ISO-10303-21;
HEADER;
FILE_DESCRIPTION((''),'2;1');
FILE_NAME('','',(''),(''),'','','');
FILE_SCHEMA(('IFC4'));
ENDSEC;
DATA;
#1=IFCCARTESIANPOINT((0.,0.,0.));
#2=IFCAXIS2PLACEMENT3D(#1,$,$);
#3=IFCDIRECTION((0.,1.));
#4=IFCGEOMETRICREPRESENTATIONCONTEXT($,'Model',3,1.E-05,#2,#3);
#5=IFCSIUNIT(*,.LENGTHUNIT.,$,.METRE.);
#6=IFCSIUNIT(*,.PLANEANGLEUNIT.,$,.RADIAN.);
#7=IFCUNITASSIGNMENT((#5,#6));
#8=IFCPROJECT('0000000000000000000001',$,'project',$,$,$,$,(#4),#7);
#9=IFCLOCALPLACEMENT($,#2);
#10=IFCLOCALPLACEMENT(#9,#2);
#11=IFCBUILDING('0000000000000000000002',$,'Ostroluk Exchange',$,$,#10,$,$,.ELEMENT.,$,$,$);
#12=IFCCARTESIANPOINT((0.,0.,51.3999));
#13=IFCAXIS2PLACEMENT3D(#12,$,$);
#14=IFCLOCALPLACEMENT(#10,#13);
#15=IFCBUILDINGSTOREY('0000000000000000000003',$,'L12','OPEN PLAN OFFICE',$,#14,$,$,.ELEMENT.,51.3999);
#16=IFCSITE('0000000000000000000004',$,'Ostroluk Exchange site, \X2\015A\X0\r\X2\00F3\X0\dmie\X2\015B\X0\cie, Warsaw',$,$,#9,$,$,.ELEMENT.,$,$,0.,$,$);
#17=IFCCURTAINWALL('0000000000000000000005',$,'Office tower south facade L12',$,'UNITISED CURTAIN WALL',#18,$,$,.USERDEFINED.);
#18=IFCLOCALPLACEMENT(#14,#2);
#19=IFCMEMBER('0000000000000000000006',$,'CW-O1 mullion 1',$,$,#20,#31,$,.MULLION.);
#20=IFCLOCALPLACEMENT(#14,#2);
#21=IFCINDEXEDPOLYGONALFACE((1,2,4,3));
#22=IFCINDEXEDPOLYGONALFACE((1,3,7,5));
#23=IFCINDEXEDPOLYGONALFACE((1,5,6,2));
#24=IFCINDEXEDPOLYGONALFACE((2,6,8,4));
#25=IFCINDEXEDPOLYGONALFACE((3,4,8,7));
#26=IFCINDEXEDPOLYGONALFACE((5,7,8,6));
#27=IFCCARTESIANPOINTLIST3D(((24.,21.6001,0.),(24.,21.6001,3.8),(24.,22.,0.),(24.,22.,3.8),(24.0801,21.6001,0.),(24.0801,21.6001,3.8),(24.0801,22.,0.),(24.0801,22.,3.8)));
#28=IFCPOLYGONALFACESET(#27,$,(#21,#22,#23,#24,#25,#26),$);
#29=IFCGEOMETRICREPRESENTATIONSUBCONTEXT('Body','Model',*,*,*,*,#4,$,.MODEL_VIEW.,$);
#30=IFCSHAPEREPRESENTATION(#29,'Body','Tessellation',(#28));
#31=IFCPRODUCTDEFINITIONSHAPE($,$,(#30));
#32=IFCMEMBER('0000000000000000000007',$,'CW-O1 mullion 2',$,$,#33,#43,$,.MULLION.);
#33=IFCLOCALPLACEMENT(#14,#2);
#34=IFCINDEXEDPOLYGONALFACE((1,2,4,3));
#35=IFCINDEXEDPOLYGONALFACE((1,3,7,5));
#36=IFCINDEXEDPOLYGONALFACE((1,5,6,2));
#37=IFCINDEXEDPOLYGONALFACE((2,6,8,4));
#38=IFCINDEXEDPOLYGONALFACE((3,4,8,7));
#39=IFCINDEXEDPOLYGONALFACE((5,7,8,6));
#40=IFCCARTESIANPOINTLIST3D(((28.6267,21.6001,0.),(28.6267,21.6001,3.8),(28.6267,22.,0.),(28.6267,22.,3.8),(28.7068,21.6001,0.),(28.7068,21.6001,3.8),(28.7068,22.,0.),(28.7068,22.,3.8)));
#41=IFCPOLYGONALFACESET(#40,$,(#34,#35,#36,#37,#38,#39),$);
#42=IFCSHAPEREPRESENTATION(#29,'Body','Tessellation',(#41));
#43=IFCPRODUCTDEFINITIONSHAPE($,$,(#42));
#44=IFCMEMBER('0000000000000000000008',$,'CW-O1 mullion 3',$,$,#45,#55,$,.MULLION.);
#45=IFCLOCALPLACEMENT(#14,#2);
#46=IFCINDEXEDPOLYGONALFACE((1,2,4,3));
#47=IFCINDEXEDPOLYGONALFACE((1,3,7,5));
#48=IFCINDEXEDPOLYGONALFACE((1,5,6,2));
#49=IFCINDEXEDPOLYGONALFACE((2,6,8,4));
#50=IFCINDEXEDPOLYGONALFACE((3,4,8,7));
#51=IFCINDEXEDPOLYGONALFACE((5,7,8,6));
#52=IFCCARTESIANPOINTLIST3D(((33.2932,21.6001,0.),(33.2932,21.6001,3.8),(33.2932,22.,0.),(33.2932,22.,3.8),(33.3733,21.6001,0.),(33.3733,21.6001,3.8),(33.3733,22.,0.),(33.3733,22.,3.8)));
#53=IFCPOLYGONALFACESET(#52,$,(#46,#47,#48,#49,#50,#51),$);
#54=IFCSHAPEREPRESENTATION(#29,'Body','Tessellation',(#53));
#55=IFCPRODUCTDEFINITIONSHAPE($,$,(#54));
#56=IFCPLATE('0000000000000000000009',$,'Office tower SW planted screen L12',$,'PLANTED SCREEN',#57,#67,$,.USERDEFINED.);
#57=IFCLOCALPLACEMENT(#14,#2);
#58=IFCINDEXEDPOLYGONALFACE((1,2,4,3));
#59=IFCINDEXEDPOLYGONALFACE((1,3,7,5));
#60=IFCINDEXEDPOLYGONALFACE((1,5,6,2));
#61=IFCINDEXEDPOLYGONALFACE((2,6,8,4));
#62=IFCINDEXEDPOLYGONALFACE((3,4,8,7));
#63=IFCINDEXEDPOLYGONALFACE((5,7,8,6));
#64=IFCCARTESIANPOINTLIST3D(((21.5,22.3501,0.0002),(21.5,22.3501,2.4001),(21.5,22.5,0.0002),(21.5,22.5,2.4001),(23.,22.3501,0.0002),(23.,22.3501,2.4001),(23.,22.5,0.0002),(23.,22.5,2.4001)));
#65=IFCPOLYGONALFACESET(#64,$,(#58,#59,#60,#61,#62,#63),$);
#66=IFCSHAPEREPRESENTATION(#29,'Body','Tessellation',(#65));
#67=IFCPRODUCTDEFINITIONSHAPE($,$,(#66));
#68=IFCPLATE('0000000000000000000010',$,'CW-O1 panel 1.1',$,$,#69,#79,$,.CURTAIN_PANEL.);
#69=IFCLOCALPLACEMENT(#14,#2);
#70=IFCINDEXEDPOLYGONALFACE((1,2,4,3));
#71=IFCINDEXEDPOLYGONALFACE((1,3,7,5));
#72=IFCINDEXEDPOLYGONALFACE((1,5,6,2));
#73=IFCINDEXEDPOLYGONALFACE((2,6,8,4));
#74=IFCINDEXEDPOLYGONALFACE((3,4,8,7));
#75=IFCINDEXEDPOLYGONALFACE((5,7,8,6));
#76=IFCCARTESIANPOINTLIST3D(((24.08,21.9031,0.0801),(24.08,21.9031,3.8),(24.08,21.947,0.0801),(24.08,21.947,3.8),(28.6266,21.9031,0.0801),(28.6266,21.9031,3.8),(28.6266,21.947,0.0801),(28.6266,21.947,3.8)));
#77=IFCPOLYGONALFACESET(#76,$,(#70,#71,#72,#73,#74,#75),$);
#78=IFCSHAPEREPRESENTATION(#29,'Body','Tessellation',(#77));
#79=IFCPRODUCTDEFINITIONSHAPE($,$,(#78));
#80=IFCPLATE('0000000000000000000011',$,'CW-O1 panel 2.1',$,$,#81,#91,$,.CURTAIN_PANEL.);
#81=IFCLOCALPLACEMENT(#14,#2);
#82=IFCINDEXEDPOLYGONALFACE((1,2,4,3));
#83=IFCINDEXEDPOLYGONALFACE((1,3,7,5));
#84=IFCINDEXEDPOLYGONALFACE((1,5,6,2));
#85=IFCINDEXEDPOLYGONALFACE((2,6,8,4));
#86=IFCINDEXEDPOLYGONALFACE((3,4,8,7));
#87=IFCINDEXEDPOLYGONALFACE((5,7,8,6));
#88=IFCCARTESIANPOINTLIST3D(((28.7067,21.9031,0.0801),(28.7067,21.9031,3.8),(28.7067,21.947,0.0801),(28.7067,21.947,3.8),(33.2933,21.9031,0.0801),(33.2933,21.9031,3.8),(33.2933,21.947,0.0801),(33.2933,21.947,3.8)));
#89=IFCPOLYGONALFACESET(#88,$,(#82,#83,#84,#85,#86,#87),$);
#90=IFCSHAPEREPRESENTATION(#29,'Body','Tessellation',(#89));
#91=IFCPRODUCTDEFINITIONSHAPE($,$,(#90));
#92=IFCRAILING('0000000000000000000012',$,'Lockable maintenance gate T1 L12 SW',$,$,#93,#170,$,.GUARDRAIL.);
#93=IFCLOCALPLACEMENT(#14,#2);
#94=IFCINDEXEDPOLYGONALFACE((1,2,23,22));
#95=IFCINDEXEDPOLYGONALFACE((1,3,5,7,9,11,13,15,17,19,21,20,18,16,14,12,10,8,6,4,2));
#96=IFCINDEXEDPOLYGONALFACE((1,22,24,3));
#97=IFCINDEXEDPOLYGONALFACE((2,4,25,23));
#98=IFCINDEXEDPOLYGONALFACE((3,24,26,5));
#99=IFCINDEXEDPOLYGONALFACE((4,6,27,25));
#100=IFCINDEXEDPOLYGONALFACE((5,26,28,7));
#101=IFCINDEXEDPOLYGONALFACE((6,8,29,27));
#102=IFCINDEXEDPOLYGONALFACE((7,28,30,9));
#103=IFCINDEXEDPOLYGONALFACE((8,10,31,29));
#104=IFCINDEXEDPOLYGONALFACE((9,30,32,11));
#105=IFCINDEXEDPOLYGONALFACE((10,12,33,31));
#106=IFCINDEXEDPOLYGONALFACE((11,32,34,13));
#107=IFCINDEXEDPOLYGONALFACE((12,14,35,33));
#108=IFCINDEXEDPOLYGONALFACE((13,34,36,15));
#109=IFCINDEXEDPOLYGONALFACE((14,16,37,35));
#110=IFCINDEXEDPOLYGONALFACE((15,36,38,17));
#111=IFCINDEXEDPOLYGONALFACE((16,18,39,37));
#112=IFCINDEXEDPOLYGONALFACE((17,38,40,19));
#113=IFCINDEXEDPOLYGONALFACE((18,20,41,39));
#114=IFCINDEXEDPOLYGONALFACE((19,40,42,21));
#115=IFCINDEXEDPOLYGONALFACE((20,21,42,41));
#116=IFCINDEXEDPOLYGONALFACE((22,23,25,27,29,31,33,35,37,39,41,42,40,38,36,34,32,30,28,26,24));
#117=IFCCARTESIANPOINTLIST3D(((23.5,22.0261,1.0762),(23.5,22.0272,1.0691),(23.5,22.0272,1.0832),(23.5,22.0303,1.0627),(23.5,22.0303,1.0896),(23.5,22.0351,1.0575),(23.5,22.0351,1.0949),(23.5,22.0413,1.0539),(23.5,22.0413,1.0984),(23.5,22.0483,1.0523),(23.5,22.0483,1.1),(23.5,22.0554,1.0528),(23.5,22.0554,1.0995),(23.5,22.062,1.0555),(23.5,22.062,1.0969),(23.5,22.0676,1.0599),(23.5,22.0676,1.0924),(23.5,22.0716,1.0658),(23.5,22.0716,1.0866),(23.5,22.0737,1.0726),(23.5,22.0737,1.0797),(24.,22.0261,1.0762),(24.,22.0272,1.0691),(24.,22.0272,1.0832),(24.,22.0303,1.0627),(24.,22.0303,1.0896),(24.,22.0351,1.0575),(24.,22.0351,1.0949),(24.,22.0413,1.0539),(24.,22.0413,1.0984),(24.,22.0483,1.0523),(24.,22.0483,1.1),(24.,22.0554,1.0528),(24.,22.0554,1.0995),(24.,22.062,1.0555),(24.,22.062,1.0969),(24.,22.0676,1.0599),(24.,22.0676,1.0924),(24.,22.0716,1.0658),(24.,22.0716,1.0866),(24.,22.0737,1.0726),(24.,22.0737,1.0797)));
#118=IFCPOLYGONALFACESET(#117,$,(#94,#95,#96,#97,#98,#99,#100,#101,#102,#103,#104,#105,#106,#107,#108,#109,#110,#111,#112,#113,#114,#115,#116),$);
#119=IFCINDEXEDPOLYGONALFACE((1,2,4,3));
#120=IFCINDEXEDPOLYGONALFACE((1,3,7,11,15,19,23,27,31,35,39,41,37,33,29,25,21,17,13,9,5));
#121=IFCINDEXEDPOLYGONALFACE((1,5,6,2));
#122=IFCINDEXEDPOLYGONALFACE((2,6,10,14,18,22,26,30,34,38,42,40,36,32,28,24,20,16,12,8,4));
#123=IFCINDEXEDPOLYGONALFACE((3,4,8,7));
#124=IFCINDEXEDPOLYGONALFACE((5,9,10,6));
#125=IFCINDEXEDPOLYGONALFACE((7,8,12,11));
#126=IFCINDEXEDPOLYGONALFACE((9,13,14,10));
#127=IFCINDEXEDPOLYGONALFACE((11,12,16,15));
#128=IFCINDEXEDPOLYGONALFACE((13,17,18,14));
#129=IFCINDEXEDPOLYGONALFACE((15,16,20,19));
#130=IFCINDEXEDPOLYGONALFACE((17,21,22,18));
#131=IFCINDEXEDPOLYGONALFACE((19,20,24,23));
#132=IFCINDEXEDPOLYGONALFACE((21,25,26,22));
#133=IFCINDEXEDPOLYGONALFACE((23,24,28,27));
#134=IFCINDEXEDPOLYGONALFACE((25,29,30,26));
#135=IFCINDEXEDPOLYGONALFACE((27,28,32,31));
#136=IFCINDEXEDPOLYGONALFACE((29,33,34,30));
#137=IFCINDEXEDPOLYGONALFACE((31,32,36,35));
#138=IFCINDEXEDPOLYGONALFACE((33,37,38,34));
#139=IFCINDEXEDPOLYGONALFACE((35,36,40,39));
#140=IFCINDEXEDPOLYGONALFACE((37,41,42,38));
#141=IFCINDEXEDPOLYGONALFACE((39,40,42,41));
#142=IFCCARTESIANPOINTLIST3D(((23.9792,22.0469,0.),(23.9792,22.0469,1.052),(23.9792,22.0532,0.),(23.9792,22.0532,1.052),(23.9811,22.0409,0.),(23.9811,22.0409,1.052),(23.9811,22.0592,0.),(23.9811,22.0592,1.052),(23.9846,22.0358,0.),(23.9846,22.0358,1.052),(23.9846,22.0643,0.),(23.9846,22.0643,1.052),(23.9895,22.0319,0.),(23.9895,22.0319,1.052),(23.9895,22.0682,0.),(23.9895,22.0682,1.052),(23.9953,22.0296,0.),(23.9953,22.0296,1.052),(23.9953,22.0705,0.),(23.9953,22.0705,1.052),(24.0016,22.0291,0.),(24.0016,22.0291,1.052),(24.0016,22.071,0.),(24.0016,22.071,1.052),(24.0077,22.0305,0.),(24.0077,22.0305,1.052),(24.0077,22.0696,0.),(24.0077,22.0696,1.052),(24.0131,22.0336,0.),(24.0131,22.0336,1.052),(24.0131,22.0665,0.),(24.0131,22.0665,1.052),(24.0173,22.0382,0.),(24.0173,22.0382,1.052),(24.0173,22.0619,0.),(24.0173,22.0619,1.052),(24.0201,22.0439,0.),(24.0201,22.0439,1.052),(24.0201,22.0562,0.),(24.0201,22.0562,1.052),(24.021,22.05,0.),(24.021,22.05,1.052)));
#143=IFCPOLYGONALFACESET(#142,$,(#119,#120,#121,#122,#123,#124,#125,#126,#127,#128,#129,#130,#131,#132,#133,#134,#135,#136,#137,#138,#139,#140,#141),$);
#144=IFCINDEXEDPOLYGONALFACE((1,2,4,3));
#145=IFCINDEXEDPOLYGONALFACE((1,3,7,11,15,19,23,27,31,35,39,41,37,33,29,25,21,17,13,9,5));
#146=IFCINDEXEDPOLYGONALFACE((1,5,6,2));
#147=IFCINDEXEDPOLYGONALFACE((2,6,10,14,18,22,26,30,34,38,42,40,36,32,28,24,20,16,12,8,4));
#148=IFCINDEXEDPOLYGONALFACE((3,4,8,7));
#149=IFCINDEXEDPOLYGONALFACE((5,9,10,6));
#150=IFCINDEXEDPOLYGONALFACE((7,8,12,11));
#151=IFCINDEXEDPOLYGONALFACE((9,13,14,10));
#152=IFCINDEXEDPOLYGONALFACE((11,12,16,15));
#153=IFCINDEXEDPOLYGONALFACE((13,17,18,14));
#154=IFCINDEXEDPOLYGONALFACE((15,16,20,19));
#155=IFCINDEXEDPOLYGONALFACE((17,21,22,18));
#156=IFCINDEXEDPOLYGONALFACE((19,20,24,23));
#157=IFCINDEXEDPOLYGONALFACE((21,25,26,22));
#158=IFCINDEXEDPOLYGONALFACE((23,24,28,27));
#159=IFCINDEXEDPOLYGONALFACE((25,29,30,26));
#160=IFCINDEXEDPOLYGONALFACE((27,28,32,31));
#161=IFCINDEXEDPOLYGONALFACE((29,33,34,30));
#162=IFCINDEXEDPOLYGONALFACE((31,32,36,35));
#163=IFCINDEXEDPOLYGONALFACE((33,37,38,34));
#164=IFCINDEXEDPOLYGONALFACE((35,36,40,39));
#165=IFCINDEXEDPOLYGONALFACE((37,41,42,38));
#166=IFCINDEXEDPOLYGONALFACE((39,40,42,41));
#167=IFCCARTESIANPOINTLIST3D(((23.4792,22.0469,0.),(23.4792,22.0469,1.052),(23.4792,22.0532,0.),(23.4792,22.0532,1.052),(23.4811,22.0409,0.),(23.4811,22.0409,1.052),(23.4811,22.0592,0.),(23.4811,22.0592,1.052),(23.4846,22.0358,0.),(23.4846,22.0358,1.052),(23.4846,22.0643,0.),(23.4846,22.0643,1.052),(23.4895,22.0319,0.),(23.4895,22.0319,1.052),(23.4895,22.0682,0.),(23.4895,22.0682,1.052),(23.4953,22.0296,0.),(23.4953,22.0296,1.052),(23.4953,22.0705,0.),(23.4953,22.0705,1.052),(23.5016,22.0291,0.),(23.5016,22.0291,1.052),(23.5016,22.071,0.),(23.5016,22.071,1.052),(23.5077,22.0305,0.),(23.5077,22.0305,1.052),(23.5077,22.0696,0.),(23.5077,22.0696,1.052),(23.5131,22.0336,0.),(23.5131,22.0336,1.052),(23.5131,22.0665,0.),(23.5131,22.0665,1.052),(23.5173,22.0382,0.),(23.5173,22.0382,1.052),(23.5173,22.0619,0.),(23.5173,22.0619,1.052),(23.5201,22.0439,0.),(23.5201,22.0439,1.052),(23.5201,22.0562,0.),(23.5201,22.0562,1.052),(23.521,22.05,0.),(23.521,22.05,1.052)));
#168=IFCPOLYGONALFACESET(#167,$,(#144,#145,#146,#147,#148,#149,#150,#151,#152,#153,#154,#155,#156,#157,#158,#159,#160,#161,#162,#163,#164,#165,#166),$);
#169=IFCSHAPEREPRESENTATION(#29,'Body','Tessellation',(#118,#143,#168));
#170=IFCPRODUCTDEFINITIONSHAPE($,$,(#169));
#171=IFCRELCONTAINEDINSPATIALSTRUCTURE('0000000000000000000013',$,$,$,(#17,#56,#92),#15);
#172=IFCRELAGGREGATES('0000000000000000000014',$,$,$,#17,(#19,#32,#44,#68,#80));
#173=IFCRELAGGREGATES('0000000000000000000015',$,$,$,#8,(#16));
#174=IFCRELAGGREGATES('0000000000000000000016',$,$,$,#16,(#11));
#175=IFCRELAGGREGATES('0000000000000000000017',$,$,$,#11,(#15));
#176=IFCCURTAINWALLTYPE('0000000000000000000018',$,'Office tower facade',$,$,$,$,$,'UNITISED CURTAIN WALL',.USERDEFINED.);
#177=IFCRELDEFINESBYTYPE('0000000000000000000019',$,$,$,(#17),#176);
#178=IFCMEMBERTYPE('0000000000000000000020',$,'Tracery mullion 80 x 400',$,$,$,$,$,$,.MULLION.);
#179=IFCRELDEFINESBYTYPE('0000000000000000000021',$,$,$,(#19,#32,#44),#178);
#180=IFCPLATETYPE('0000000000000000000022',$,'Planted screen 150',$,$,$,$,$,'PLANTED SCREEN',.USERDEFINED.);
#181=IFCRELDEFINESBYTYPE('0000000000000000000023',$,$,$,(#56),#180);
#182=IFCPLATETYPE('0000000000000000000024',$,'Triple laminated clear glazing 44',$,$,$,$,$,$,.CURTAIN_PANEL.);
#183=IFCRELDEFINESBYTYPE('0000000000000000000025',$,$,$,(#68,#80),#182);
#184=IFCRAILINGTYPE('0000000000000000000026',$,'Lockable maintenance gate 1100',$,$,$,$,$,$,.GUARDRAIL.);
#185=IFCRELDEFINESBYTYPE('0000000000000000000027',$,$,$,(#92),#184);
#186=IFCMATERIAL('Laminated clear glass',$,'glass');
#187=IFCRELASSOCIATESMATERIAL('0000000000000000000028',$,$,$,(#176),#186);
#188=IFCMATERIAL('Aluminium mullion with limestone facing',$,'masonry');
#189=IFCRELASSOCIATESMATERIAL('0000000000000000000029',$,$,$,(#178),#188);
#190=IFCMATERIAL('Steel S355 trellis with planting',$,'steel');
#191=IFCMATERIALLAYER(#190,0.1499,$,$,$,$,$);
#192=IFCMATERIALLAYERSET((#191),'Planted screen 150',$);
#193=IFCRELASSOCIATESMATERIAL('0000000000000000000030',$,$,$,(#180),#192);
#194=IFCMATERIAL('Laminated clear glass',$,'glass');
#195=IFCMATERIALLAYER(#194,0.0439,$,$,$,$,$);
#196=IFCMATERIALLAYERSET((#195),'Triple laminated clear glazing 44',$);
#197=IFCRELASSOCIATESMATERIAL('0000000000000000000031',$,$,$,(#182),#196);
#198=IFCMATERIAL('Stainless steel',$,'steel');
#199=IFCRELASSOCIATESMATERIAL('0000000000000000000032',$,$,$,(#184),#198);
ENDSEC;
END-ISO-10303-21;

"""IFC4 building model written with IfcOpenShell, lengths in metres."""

from ifc_helpers import new_model, si_unit, direction, frame, origin, origin_2d, place, context, subcontext, project, spatial, rectangle, circle, extrude, material, layer, layer_set, material_profile, profile_set, type_object, element, aggregate, save


model = new_model("IFC4")

# Units and contexts
model_context = context("Model", 3, precision=1e-05, world=origin(), true_north=direction((0.0, 1.0)))
body_context = subcontext(model_context, "Body", "Model", "MODEL_VIEW")
ifc_project = project(units=[si_unit("LENGTHUNIT", "METRE"), si_unit("PLANEANGLEUNIT", "RADIAN")], contexts=[model_context])

# Site, building, storey
site_placement = place(None, origin())
site = spatial("IfcSite", under=ifc_project, at=site_placement, Name="Ostroluk Exchange site, Śródmieście, Warsaw", CompositionType="ELEMENT", RefElevation=0.0)
building_placement = place(site_placement, origin())
building = spatial("IfcBuilding", under=site, at=building_placement, Name="Ostroluk Exchange", CompositionType="ELEMENT")
storey_placement = place(building_placement, frame((0.0, 0.0, 51.3999)))
storey = spatial("IfcBuildingStorey", under=building, at=storey_placement, Name="L12", Description="OPEN PLAN OFFICE", CompositionType="ELEMENT", Elevation=51.3999)

# Curtain wall, members
ifc_material_1 = material(Name="Laminated clear glass", Category="glass")
curtain_wall_type = type_object("IfcCurtainWallType", Name="Office tower facade", ElementType="UNITISED CURTAIN WALL", PredefinedType="USERDEFINED", material=ifc_material_1)
curtain_wall_placement = place(storey_placement, origin())
curtain_wall = element("IfcCurtainWall", 1, at=curtain_wall_placement, inside=storey, type_object=curtain_wall_type, Name="Office tower south facade L12", ObjectType="UNITISED CURTAIN WALL", PredefinedType="USERDEFINED")
ifc_material_2 = material(Name="Aluminium mullion with limestone facing", Category="masonry")
ifc_material_profile_1 = material_profile(ifc_material_2, rectangle(XDim=0.3999, YDim=0.0801, at=origin_2d()), Name="Tracery mullion 80 x 400")
ifc_profile_set_1 = profile_set([ifc_material_profile_1], Name="Aluminium mullion with limestone facing")
member_type_1 = type_object("IfcMemberType", Name="Tracery mullion 80 x 400", PredefinedType="MULLION", material=ifc_profile_set_1)
member_1_placement = place(storey_placement, frame((24.04, 21.8, 0.0), z_axis=(0.0, 0.0, 1.0), x_axis=(0.0, 1.0, 0.0)))
member_1 = element("IfcMember", 2, at=member_1_placement, type_object=member_type_1, Name="CW-O1 mullion 1", PredefinedType="MULLION", context=body_context, shape_type="SweptSolid", body=[
    extrude(rectangle(XDim=0.3999, YDim=0.0801, at=origin_2d()), origin(), (0.0, 0.0, 1.0), 3.8),
])
member_2_placement = place(storey_placement, frame((28.6667, 21.8, 0.0), z_axis=(0.0, 0.0, 1.0), x_axis=(0.0, 1.0, 0.0)))
member_2 = element("IfcMember", 3, at=member_2_placement, type_object=member_type_1, Name="CW-O1 mullion 2", PredefinedType="MULLION", context=body_context, shape_type="SweptSolid", body=[
    extrude(rectangle(XDim=0.3999, YDim=0.0801, at=origin_2d()), origin(), (0.0, 0.0, 1.0), 3.8),
])
member_3_placement = place(storey_placement, frame((33.3333, 21.8, 0.0), z_axis=(0.0, 0.0, 1.0), x_axis=(0.0, 1.0, 0.0)))
member_3 = element("IfcMember", 4, at=member_3_placement, type_object=member_type_1, Name="CW-O1 mullion 3", PredefinedType="MULLION", context=body_context, shape_type="SweptSolid", body=[
    extrude(rectangle(XDim=0.3999, YDim=0.0801, at=origin_2d()), origin(), (0.0, 0.0, 1.0), 3.8),
])

# Plates
ifc_material_3 = material(Name="Steel S355 trellis with planting", Category="steel")
ifc_layer_1 = layer(ifc_material_3, 0.1499)
ifc_layer_set_1 = layer_set([ifc_layer_1], Name="Planted screen 150")
plate_type_1 = type_object("IfcPlateType", Name="Planted screen 150", ElementType="PLANTED SCREEN", PredefinedType="USERDEFINED", material=ifc_layer_set_1)
plate_1_placement = place(storey_placement, frame((22.25, 22.425, 0.0002), z_axis=(0.0, 0.0, 1.0), x_axis=(1.0, 0.0, 0.0)))
element("IfcPlate", 5, at=plate_1_placement, inside=storey, type_object=plate_type_1, Name="Office tower SW planted screen L12", ObjectType="PLANTED SCREEN", PredefinedType="USERDEFINED", context=body_context, shape_type="SweptSolid", body=[
    extrude(rectangle(XDim=1.5, YDim=0.1499, at=origin_2d()), origin(), (0.0, 0.0, 1.0), 2.3999),
])
ifc_material_4 = material(Name="Laminated clear glass", Category="glass")
ifc_layer_2 = layer(ifc_material_4, 0.0439)
ifc_layer_set_2 = layer_set([ifc_layer_2], Name="Triple laminated clear glazing 44")
plate_type_2 = type_object("IfcPlateType", Name="Triple laminated clear glazing 44", PredefinedType="CURTAIN_PANEL", material=ifc_layer_set_2)
plate_2_placement = place(storey_placement, frame((26.3533, 21.925, 0.0801), z_axis=(0.0, 0.0, 1.0), x_axis=(1.0, 0.0, 0.0)))
plate_2 = element("IfcPlate", 6, at=plate_2_placement, type_object=plate_type_2, Name="CW-O1 panel 1.1", PredefinedType="CURTAIN_PANEL", context=body_context, shape_type="SweptSolid", body=[
    extrude(rectangle(XDim=4.5466, YDim=0.0439, at=origin_2d()), origin(), (0.0, 0.0, 1.0), 3.72),
])
plate_3_placement = place(storey_placement, frame((31.0, 21.925, 0.0801), z_axis=(0.0, 0.0, 1.0), x_axis=(1.0, 0.0, 0.0)))
plate_3 = element("IfcPlate", 7, at=plate_3_placement, type_object=plate_type_2, Name="CW-O1 panel 2.1", PredefinedType="CURTAIN_PANEL", context=body_context, shape_type="SweptSolid", body=[
    extrude(rectangle(XDim=4.5867, YDim=0.0439, at=origin_2d()), origin(), (0.0, 0.0, 1.0), 3.72),
])
aggregate(curtain_wall, [member_1, member_2, member_3, plate_2, plate_3])

# Railing
ifc_material_5 = material(Name="Stainless steel", Category="steel")
railing_type_1 = type_object("IfcRailingType", Name="Lockable maintenance gate 1100", PredefinedType="GUARDRAIL", material=ifc_material_5)
railing_1_placement = place(storey_placement, frame((24.0, 22.05, 0.0)))
element("IfcRailing", 8, at=railing_1_placement, inside=storey, type_object=railing_type_1, Name="Lockable maintenance gate T1 L12 SW", PredefinedType="GUARDRAIL", context=body_context, shape_type="SweptSolid", body=[
    extrude(circle(Radius=0.0239, at=origin_2d()), frame((0.0, 0.0, 1.0762), z_axis=(-1.0, 0.0, 0.0), x_axis=(0.0, -1.0, 0.0)), (0.0, 0.0, 1.0), 0.5),
    extrude(circle(Radius=0.021, at=origin_2d()), origin(), (0.0, 0.0, 1.0), 1.052),
    extrude(circle(Radius=0.021, at=origin_2d()), frame((-0.5, 0.0, 0.0)), (0.0, 0.0, 1.0), 1.052),
])

save(model, "model.ifc")
